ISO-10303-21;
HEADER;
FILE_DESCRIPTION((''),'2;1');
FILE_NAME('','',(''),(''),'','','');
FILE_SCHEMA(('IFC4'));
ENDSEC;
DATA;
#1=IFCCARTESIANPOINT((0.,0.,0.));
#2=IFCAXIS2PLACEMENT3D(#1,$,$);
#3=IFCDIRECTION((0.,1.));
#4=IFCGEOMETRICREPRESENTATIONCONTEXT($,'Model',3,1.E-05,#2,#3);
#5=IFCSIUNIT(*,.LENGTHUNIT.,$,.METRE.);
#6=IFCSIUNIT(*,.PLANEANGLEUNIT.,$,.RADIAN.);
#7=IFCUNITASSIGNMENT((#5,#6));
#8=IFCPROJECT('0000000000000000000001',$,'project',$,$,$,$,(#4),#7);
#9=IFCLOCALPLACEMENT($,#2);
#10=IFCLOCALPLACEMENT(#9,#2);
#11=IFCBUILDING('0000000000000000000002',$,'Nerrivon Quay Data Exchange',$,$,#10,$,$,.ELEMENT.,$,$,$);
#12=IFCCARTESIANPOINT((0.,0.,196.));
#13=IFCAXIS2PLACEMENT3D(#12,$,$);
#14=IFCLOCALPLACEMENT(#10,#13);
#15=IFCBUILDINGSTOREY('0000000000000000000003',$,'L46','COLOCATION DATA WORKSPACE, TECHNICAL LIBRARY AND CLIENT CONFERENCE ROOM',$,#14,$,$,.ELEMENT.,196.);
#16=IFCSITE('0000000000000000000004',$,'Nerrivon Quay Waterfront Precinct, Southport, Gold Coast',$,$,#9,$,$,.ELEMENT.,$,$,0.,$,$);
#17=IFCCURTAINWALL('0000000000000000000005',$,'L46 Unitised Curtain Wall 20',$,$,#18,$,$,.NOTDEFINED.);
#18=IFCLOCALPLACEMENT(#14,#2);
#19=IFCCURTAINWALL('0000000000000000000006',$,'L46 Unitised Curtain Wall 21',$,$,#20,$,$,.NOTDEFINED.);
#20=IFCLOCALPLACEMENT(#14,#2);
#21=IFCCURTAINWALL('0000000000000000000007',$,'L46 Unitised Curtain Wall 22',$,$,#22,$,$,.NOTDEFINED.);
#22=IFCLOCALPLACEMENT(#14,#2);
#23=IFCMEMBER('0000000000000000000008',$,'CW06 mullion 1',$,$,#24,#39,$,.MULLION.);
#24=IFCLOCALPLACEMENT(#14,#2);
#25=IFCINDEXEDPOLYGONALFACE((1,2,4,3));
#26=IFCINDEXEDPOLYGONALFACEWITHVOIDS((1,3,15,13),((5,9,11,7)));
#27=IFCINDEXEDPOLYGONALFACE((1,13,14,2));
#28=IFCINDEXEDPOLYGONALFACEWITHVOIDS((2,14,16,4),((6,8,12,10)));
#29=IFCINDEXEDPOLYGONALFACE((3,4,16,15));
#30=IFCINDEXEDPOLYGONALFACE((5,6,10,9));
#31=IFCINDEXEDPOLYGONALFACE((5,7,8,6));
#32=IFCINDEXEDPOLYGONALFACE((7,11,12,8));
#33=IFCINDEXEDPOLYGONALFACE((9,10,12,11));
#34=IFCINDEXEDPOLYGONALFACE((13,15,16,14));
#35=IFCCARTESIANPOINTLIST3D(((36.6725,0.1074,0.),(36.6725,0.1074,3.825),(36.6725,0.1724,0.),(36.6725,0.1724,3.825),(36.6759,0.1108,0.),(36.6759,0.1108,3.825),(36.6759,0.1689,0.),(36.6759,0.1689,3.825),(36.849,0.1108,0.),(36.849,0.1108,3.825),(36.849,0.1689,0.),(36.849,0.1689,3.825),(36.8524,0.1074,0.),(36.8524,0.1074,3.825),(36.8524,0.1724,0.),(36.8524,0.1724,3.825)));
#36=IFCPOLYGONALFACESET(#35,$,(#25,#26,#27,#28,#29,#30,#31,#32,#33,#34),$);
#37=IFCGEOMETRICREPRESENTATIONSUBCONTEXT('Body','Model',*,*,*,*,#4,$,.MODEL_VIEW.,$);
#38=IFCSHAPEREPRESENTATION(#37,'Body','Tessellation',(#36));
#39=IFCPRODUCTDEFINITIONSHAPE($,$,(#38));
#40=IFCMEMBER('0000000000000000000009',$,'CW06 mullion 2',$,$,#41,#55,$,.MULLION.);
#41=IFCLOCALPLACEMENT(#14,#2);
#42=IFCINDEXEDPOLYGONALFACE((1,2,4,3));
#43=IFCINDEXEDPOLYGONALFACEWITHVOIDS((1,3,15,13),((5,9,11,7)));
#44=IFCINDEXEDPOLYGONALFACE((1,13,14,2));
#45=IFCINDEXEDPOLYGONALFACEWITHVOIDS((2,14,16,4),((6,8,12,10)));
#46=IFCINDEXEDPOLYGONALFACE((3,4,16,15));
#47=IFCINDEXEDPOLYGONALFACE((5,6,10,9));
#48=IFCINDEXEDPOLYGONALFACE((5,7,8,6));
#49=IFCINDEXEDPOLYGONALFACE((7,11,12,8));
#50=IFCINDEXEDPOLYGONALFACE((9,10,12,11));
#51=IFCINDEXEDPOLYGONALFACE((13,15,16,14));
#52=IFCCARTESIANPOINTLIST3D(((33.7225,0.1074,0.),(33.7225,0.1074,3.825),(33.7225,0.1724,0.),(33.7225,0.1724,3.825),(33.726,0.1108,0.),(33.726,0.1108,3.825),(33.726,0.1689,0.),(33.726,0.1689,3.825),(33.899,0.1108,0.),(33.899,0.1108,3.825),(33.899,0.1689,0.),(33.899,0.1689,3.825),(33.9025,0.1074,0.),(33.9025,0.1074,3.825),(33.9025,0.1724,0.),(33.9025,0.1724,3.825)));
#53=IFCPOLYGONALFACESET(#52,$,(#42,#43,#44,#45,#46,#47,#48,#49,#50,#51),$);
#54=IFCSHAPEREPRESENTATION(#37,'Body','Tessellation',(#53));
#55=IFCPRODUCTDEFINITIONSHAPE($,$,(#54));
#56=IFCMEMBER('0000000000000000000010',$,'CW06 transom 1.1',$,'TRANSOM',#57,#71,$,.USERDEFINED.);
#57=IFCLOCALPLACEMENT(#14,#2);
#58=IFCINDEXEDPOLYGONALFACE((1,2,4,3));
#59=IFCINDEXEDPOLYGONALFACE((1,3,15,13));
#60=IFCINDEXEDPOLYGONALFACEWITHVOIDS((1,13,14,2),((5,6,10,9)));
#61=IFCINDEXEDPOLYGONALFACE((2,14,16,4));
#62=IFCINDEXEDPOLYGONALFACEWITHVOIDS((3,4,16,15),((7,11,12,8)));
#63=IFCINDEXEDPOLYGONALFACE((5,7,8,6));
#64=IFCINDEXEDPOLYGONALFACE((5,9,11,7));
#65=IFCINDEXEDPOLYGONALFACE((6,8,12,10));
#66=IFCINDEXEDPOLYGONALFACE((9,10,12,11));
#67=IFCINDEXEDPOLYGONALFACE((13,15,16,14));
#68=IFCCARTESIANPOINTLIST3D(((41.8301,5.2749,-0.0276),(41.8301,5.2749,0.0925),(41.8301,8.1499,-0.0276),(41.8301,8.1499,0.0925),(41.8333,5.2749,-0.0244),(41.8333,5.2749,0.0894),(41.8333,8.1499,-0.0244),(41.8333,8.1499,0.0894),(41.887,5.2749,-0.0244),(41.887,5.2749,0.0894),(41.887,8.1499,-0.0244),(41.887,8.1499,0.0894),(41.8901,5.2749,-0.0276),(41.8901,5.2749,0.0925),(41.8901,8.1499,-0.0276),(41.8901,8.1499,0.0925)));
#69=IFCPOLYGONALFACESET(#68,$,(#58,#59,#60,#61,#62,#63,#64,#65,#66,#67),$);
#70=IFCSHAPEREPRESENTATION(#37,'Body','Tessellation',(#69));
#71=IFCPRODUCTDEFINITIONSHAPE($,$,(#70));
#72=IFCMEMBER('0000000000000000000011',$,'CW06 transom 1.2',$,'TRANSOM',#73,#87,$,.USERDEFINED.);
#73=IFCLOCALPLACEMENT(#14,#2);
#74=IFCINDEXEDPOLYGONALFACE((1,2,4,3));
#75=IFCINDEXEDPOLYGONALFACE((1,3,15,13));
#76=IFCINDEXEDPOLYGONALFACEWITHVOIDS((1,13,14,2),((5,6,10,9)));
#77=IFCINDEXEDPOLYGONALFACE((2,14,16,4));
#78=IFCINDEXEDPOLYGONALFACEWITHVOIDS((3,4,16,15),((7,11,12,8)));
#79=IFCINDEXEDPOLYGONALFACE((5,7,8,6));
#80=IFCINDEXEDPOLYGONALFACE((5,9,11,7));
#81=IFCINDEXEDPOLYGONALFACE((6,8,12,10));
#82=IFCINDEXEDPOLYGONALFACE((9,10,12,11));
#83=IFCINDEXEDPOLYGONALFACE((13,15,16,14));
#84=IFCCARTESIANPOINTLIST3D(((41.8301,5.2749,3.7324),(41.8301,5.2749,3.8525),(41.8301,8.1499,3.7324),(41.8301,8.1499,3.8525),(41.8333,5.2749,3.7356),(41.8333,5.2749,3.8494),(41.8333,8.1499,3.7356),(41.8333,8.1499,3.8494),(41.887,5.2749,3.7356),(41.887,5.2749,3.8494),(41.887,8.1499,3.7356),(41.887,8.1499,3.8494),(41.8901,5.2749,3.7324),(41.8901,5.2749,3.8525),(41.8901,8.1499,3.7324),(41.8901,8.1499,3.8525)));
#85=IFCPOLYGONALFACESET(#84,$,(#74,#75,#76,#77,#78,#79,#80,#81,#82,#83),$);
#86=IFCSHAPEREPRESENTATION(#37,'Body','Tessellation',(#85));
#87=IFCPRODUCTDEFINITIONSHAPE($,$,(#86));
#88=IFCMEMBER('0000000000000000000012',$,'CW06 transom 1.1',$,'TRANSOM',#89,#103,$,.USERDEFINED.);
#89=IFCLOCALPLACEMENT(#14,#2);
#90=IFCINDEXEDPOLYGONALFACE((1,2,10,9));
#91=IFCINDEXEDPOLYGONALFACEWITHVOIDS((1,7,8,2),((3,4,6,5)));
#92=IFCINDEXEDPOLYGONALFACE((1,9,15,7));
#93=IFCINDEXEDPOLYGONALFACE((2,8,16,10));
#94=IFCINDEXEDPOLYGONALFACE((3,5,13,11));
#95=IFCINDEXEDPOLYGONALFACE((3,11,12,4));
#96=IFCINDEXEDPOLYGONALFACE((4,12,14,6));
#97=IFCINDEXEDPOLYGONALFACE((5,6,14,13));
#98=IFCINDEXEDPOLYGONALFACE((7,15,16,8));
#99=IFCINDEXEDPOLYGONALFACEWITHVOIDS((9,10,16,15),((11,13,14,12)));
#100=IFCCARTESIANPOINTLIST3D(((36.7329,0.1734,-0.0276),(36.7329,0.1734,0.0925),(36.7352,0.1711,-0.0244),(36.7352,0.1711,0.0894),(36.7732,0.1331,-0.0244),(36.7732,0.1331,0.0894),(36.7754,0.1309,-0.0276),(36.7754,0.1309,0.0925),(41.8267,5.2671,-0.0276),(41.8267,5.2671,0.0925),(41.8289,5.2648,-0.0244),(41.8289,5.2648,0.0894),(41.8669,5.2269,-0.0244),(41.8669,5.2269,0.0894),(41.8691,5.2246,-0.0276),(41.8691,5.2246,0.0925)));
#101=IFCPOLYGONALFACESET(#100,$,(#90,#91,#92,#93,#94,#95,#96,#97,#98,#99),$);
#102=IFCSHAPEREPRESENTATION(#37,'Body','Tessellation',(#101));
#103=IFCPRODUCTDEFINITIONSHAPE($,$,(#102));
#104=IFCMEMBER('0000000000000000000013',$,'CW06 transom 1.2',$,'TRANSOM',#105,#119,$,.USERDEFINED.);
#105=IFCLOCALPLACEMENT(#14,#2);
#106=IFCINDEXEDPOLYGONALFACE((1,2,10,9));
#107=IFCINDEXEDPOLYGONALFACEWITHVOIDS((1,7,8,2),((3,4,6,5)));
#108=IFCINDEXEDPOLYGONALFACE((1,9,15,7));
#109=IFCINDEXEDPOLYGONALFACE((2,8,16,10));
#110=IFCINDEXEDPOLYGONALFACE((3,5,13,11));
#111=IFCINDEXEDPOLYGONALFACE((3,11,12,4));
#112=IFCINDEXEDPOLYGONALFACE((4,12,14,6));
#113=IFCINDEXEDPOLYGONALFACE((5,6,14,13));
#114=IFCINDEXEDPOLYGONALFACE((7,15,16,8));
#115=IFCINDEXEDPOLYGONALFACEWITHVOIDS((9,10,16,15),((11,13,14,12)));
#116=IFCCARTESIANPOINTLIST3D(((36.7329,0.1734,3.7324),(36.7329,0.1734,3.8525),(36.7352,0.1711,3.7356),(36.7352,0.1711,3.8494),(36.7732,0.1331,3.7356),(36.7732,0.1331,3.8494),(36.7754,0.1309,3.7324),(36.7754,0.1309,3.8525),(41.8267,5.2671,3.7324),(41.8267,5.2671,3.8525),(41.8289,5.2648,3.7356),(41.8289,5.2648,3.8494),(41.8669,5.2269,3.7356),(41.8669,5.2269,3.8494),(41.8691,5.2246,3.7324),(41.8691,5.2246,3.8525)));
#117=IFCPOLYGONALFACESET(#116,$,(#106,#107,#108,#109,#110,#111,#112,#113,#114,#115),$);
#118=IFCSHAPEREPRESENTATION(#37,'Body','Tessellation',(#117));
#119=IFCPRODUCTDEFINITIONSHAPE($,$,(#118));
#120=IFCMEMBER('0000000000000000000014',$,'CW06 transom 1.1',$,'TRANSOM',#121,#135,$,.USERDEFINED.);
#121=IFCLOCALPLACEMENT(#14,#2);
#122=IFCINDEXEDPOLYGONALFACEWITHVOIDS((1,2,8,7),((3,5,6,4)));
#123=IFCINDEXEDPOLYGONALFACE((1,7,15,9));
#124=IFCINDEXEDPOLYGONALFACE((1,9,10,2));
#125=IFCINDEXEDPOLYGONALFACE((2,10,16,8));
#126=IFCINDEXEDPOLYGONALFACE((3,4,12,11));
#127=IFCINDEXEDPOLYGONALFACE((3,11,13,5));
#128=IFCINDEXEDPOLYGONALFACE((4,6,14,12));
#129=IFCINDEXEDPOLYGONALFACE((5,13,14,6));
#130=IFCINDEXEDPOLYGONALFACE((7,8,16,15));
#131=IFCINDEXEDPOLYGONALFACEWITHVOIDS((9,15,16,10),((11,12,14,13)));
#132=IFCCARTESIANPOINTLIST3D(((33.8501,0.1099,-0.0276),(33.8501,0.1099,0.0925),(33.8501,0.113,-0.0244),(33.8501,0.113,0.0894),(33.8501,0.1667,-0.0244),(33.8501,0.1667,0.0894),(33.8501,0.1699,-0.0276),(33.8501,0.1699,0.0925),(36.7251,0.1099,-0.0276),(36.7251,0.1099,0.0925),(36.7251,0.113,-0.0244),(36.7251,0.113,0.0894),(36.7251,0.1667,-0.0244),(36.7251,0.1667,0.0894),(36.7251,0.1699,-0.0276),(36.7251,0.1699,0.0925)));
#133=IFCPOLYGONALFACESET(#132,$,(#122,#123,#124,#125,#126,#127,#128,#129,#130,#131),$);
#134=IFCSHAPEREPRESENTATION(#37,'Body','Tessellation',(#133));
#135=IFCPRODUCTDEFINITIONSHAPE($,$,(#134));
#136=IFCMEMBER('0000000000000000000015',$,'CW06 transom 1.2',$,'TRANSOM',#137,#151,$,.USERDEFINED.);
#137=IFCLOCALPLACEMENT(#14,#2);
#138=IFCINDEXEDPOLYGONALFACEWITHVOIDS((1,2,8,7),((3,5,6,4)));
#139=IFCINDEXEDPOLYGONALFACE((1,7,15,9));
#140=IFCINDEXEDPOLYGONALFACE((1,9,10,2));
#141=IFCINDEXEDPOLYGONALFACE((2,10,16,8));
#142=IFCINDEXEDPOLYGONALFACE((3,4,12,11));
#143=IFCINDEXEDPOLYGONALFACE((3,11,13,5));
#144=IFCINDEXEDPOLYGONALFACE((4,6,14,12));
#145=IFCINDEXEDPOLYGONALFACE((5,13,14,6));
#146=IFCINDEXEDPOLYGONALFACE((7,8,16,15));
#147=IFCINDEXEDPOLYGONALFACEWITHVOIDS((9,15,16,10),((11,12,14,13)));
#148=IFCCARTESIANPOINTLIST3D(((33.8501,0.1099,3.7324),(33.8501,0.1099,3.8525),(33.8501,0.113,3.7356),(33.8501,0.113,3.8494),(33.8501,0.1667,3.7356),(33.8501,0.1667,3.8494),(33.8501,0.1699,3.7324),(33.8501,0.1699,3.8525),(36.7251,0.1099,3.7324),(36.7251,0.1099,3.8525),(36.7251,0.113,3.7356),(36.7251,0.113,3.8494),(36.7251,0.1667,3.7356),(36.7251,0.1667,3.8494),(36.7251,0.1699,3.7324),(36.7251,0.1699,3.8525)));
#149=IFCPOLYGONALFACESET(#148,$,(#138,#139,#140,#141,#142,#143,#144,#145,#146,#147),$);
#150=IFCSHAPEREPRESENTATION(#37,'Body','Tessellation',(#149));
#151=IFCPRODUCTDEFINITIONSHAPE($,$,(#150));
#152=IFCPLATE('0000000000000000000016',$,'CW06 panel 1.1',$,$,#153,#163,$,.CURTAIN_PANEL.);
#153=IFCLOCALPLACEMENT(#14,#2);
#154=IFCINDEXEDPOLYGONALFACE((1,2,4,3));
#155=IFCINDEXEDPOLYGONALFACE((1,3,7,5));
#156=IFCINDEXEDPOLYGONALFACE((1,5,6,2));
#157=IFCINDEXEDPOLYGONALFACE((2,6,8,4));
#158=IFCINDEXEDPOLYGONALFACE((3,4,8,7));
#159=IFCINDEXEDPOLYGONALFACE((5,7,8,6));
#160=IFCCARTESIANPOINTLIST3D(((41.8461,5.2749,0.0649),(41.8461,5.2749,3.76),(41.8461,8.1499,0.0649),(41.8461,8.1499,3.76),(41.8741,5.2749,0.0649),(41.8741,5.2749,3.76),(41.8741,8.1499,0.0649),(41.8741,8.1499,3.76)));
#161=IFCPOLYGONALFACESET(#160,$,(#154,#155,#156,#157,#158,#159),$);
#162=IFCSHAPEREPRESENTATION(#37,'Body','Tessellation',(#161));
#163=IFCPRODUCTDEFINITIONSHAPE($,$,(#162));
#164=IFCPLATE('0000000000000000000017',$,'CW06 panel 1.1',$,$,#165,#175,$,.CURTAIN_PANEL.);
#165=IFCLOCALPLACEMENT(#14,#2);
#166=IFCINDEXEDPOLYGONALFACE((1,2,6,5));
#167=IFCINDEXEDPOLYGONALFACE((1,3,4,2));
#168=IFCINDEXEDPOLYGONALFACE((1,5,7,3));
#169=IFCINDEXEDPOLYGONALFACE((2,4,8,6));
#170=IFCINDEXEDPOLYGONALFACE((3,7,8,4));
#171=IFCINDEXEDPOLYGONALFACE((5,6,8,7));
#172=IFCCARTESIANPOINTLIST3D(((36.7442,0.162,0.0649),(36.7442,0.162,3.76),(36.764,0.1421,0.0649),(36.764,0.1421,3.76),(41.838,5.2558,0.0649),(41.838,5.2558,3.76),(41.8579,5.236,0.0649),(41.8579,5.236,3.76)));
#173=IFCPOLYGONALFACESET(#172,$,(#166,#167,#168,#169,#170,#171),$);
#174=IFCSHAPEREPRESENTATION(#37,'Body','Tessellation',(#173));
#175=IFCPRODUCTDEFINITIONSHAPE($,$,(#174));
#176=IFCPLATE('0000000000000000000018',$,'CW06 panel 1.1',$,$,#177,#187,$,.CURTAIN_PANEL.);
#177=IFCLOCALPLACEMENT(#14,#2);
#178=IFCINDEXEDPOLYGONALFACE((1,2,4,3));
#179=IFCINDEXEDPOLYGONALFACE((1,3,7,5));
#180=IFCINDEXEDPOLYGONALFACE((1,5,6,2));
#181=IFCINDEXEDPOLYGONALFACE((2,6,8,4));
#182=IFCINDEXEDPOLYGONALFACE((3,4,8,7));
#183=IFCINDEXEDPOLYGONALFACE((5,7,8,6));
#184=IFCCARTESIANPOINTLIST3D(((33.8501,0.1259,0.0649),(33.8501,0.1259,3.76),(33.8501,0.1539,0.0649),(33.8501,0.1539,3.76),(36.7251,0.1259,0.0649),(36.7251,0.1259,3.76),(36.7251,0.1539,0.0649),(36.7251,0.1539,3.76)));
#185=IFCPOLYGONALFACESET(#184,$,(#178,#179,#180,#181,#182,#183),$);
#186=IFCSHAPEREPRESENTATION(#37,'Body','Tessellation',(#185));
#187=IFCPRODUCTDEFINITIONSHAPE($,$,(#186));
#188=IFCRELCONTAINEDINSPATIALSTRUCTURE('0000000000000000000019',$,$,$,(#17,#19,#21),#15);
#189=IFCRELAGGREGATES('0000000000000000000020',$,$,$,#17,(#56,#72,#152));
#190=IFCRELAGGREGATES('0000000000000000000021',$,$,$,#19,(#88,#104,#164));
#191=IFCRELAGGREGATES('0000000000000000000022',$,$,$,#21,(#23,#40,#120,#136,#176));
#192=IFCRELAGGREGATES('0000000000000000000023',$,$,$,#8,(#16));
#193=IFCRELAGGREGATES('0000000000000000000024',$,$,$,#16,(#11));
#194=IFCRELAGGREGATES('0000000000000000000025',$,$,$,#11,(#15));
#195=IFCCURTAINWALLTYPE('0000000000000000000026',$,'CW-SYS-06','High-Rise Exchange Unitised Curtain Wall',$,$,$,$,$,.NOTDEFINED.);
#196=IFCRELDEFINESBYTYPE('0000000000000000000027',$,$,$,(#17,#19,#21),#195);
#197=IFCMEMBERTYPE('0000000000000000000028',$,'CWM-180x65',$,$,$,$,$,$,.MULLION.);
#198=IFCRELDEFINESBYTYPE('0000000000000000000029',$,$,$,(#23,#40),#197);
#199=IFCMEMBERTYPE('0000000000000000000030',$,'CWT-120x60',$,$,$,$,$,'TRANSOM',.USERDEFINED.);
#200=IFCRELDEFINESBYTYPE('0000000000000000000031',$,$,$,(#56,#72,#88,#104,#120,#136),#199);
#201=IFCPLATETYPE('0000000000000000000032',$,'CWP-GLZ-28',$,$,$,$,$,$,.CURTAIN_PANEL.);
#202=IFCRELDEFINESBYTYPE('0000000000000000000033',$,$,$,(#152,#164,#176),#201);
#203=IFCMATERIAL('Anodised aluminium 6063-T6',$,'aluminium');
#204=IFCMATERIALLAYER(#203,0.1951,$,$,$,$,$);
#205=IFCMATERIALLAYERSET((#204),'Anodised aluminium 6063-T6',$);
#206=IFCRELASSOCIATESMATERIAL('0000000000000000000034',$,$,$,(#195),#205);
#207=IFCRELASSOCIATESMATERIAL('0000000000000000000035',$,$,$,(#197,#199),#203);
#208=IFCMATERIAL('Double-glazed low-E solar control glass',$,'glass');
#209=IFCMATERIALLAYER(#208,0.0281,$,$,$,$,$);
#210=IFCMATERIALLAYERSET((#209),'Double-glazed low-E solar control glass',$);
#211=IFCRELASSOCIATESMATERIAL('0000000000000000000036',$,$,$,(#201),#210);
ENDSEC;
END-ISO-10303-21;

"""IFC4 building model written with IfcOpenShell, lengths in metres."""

from ifc_helpers import new_model, si_unit, direction, frame, origin, origin_2d, place, context, subcontext, project, spatial, rectangle, hollow_rectangle, extrude, material, layer, layer_set, material_profile, profile_set, type_object, element, aggregate, save


model = new_model("IFC4")

# Units and contexts
model_context = context("Model", 3, precision=1e-05, world=origin(), true_north=direction((0.0, 1.0)))
body_context = subcontext(model_context, "Body", "Model", "MODEL_VIEW")
ifc_project = project(units=[si_unit("LENGTHUNIT", "METRE"), si_unit("PLANEANGLEUNIT", "RADIAN")], contexts=[model_context])

# Site, building, storey
site_placement = place(None, origin())
site = spatial("IfcSite", under=ifc_project, at=site_placement, Name="Nerrivon Quay Waterfront Precinct, Southport, Gold Coast", CompositionType="ELEMENT", RefElevation=0.0)
building_placement = place(site_placement, origin())
building = spatial("IfcBuilding", under=site, at=building_placement, Name="Nerrivon Quay Data Exchange", CompositionType="ELEMENT")
storey_placement = place(building_placement, frame((0.0, 0.0, 196.0)))
storey = spatial("IfcBuildingStorey", under=building, at=storey_placement, Name="L46", Description="COLOCATION DATA WORKSPACE, TECHNICAL LIBRARY AND CLIENT CONFERENCE ROOM", CompositionType="ELEMENT", Elevation=196.0)

# Curtain walls, members
ifc_material_1 = material(Name="Anodised aluminium 6063-T6", Category="aluminium")
ifc_layer_1 = layer(ifc_material_1, 0.1951)
ifc_layer_set_1 = layer_set([ifc_layer_1], Name="Anodised aluminium 6063-T6")
curtain_wall_type = type_object("IfcCurtainWallType", Name="CW-SYS-06", Description="High-Rise Exchange Unitised Curtain Wall", PredefinedType="NOTDEFINED", material=ifc_layer_set_1)
curtain_wall_1_placement = place(storey_placement, origin())
curtain_wall_1 = element("IfcCurtainWall", 1, at=curtain_wall_1_placement, inside=storey, type_object=curtain_wall_type, Name="L46 Unitised Curtain Wall 20", PredefinedType="NOTDEFINED")
ifc_material_profile_1 = material_profile(ifc_material_1, hollow_rectangle(XDim=0.0649, YDim=0.1799, WallThickness=0.0034, at=origin_2d()), Name="ALU-MULL-180x65")
ifc_profile_set_1 = profile_set([ifc_material_profile_1], Name="Anodised aluminium 6063-T6")
member_type_1 = type_object("IfcMemberType", Name="CWM-180x65", PredefinedType="MULLION", material=ifc_profile_set_1)
curtain_wall_2_placement = place(storey_placement, origin())
curtain_wall_2 = element("IfcCurtainWall", 2, at=curtain_wall_2_placement, inside=storey, type_object=curtain_wall_type, Name="L46 Unitised Curtain Wall 21", PredefinedType="NOTDEFINED")
curtain_wall_3_placement = place(storey_placement, origin())
curtain_wall_3 = element("IfcCurtainWall", 3, at=curtain_wall_3_placement, inside=storey, type_object=curtain_wall_type, Name="L46 Unitised Curtain Wall 22", PredefinedType="NOTDEFINED")
member_1_placement = place(storey_placement, frame((36.7625, 0.1399, 0.0), z_axis=(0.0, 0.0, 1.0), x_axis=(0.0, -1.0, 0.0)))
member_1 = element("IfcMember", 4, at=member_1_placement, type_object=member_type_1, Name="CW06 mullion 1", PredefinedType="MULLION", context=body_context, shape_type="SweptSolid", body=[
    extrude(hollow_rectangle(XDim=0.0649, YDim=0.1799, WallThickness=0.0034, at=origin_2d()), origin(), (0.0, 0.0, 1.0), 3.825),
])
member_2_placement = place(storey_placement, frame((33.8125, 0.1399, 0.0), z_axis=(0.0, 0.0, 1.0), x_axis=(0.0, -1.0, 0.0)))
member_2 = element("IfcMember", 5, at=member_2_placement, type_object=member_type_1, Name="CW06 mullion 2", PredefinedType="MULLION", context=body_context, shape_type="SweptSolid", body=[
    extrude(hollow_rectangle(XDim=0.0649, YDim=0.1799, WallThickness=0.0034, at=origin_2d()), origin(), (0.0, 0.0, 1.0), 3.825),
])

# Members
ifc_material_profile_2 = material_profile(ifc_material_1, hollow_rectangle(XDim=0.0601, YDim=0.1201, WallThickness=0.0032, at=origin_2d()), Name="ALU-TRAN-120x60")
ifc_profile_set_2 = profile_set([ifc_material_profile_2], Name="Anodised aluminium 6063-T6")
member_type_2 = type_object("IfcMemberType", Name="CWT-120x60", ElementType="TRANSOM", PredefinedType="USERDEFINED", material=ifc_profile_set_2)
member_3_placement = place(storey_placement, frame((41.8601, 8.1499, 0.0325), z_axis=(0.0, -1.0, 0.0), x_axis=(1.0, 0.0, 0.0)))
member_3 = element("IfcMember", 6, at=member_3_placement, type_object=member_type_2, Name="CW06 transom 1.1", ObjectType="TRANSOM", PredefinedType="USERDEFINED", context=body_context, shape_type="SweptSolid", body=[
    extrude(hollow_rectangle(XDim=0.0601, YDim=0.1201, WallThickness=0.0032, at=origin_2d()), origin(), (0.0, 0.0, 1.0), 2.875),
])
member_4_placement = place(storey_placement, frame((41.8601, 8.1499, 3.7925), z_axis=(0.0, -1.0, 0.0), x_axis=(1.0, 0.0, 0.0)))
member_4 = element("IfcMember", 7, at=member_4_placement, type_object=member_type_2, Name="CW06 transom 1.2", ObjectType="TRANSOM", PredefinedType="USERDEFINED", context=body_context, shape_type="SweptSolid", body=[
    extrude(hollow_rectangle(XDim=0.0601, YDim=0.1201, WallThickness=0.0032, at=origin_2d()), origin(), (0.0, 0.0, 1.0), 2.875),
])
member_5_placement = place(storey_placement, frame((41.8479, 5.2458, 0.0325), z_axis=(-0.707107, -0.707107, 0.0), x_axis=(0.707107, -0.707107, 0.0)))
member_5 = element("IfcMember", 8, at=member_5_placement, type_object=member_type_2, Name="CW06 transom 1.1", ObjectType="TRANSOM", PredefinedType="USERDEFINED", context=body_context, shape_type="SweptSolid", body=[
    extrude(hollow_rectangle(XDim=0.0601, YDim=0.1201, WallThickness=0.0032, at=origin_2d()), origin(), (0.0, 0.0, 1.0), 7.2036),
])
member_6_placement = place(storey_placement, frame((41.8479, 5.2458, 3.7925), z_axis=(-0.707107, -0.707107, 0.0), x_axis=(0.707107, -0.707107, 0.0)))
member_6 = element("IfcMember", 9, at=member_6_placement, type_object=member_type_2, Name="CW06 transom 1.2", ObjectType="TRANSOM", PredefinedType="USERDEFINED", context=body_context, shape_type="SweptSolid", body=[
    extrude(hollow_rectangle(XDim=0.0601, YDim=0.1201, WallThickness=0.0032, at=origin_2d()), origin(), (0.0, 0.0, 1.0), 7.2036),
])
member_7_placement = place(storey_placement, frame((36.7251, 0.1399, 0.0325), z_axis=(-1.0, 0.0, 0.0), x_axis=(0.0, -1.0, 0.0)))
member_7 = element("IfcMember", 10, at=member_7_placement, type_object=member_type_2, Name="CW06 transom 1.1", ObjectType="TRANSOM", PredefinedType="USERDEFINED", context=body_context, shape_type="SweptSolid", body=[
    extrude(hollow_rectangle(XDim=0.0601, YDim=0.1201, WallThickness=0.0032, at=origin_2d()), origin(), (0.0, 0.0, 1.0), 2.875),
])
member_8_placement = place(storey_placement, frame((36.7251, 0.1399, 3.7925), z_axis=(-1.0, 0.0, 0.0), x_axis=(0.0, -1.0, 0.0)))
member_8 = element("IfcMember", 11, at=member_8_placement, type_object=member_type_2, Name="CW06 transom 1.2", ObjectType="TRANSOM", PredefinedType="USERDEFINED", context=body_context, shape_type="SweptSolid", body=[
    extrude(hollow_rectangle(XDim=0.0601, YDim=0.1201, WallThickness=0.0032, at=origin_2d()), origin(), (0.0, 0.0, 1.0), 2.875),
])

# Plates
ifc_material_2 = material(Name="Double-glazed low-E solar control glass", Category="glass")
ifc_layer_2 = layer(ifc_material_2, 0.0281)
ifc_layer_set_2 = layer_set([ifc_layer_2], Name="Double-glazed low-E solar control glass")
plate_type = type_object("IfcPlateType", Name="CWP-GLZ-28", PredefinedType="CURTAIN_PANEL", material=ifc_layer_set_2)
plate_1_placement = place(storey_placement, frame((41.8601, 6.7124, 0.0649), z_axis=(0.0, 0.0, 1.0), x_axis=(0.0, -1.0, 0.0)))
plate_1 = element("IfcPlate", 12, at=plate_1_placement, type_object=plate_type, Name="CW06 panel 1.1", PredefinedType="CURTAIN_PANEL", context=body_context, shape_type="SweptSolid", body=[
    extrude(rectangle(XDim=2.875, YDim=0.0281, at=origin_2d()), origin(), (0.0, 0.0, 1.0), 3.6951),
])
aggregate(curtain_wall_1, [member_3, member_4, plate_1])
plate_2_placement = place(storey_placement, frame((39.301, 2.699, 0.0649), z_axis=(0.0, 0.0, 1.0), x_axis=(-0.707107, -0.707107, 0.0)))
plate_2 = element("IfcPlate", 13, at=plate_2_placement, type_object=plate_type, Name="CW06 panel 1.1", PredefinedType="CURTAIN_PANEL", context=body_context, shape_type="SweptSolid", body=[
    extrude(rectangle(XDim=7.2039, YDim=0.0281, at=origin_2d()), origin(), (0.0, 0.0, 1.0), 3.6951),
])
aggregate(curtain_wall_2, [member_5, member_6, plate_2])
plate_3_placement = place(storey_placement, frame((35.2876, 0.1399, 0.0649), z_axis=(0.0, 0.0, 1.0), x_axis=(-1.0, 0.0, 0.0)))
plate_3 = element("IfcPlate", 14, at=plate_3_placement, type_object=plate_type, Name="CW06 panel 1.1", PredefinedType="CURTAIN_PANEL", context=body_context, shape_type="SweptSolid", body=[
    extrude(rectangle(XDim=2.875, YDim=0.0281, at=origin_2d()), origin(), (0.0, 0.0, 1.0), 3.6951),
])
aggregate(curtain_wall_3, [member_1, member_2, member_7, member_8, plate_3])

save(model, "model.ifc")
